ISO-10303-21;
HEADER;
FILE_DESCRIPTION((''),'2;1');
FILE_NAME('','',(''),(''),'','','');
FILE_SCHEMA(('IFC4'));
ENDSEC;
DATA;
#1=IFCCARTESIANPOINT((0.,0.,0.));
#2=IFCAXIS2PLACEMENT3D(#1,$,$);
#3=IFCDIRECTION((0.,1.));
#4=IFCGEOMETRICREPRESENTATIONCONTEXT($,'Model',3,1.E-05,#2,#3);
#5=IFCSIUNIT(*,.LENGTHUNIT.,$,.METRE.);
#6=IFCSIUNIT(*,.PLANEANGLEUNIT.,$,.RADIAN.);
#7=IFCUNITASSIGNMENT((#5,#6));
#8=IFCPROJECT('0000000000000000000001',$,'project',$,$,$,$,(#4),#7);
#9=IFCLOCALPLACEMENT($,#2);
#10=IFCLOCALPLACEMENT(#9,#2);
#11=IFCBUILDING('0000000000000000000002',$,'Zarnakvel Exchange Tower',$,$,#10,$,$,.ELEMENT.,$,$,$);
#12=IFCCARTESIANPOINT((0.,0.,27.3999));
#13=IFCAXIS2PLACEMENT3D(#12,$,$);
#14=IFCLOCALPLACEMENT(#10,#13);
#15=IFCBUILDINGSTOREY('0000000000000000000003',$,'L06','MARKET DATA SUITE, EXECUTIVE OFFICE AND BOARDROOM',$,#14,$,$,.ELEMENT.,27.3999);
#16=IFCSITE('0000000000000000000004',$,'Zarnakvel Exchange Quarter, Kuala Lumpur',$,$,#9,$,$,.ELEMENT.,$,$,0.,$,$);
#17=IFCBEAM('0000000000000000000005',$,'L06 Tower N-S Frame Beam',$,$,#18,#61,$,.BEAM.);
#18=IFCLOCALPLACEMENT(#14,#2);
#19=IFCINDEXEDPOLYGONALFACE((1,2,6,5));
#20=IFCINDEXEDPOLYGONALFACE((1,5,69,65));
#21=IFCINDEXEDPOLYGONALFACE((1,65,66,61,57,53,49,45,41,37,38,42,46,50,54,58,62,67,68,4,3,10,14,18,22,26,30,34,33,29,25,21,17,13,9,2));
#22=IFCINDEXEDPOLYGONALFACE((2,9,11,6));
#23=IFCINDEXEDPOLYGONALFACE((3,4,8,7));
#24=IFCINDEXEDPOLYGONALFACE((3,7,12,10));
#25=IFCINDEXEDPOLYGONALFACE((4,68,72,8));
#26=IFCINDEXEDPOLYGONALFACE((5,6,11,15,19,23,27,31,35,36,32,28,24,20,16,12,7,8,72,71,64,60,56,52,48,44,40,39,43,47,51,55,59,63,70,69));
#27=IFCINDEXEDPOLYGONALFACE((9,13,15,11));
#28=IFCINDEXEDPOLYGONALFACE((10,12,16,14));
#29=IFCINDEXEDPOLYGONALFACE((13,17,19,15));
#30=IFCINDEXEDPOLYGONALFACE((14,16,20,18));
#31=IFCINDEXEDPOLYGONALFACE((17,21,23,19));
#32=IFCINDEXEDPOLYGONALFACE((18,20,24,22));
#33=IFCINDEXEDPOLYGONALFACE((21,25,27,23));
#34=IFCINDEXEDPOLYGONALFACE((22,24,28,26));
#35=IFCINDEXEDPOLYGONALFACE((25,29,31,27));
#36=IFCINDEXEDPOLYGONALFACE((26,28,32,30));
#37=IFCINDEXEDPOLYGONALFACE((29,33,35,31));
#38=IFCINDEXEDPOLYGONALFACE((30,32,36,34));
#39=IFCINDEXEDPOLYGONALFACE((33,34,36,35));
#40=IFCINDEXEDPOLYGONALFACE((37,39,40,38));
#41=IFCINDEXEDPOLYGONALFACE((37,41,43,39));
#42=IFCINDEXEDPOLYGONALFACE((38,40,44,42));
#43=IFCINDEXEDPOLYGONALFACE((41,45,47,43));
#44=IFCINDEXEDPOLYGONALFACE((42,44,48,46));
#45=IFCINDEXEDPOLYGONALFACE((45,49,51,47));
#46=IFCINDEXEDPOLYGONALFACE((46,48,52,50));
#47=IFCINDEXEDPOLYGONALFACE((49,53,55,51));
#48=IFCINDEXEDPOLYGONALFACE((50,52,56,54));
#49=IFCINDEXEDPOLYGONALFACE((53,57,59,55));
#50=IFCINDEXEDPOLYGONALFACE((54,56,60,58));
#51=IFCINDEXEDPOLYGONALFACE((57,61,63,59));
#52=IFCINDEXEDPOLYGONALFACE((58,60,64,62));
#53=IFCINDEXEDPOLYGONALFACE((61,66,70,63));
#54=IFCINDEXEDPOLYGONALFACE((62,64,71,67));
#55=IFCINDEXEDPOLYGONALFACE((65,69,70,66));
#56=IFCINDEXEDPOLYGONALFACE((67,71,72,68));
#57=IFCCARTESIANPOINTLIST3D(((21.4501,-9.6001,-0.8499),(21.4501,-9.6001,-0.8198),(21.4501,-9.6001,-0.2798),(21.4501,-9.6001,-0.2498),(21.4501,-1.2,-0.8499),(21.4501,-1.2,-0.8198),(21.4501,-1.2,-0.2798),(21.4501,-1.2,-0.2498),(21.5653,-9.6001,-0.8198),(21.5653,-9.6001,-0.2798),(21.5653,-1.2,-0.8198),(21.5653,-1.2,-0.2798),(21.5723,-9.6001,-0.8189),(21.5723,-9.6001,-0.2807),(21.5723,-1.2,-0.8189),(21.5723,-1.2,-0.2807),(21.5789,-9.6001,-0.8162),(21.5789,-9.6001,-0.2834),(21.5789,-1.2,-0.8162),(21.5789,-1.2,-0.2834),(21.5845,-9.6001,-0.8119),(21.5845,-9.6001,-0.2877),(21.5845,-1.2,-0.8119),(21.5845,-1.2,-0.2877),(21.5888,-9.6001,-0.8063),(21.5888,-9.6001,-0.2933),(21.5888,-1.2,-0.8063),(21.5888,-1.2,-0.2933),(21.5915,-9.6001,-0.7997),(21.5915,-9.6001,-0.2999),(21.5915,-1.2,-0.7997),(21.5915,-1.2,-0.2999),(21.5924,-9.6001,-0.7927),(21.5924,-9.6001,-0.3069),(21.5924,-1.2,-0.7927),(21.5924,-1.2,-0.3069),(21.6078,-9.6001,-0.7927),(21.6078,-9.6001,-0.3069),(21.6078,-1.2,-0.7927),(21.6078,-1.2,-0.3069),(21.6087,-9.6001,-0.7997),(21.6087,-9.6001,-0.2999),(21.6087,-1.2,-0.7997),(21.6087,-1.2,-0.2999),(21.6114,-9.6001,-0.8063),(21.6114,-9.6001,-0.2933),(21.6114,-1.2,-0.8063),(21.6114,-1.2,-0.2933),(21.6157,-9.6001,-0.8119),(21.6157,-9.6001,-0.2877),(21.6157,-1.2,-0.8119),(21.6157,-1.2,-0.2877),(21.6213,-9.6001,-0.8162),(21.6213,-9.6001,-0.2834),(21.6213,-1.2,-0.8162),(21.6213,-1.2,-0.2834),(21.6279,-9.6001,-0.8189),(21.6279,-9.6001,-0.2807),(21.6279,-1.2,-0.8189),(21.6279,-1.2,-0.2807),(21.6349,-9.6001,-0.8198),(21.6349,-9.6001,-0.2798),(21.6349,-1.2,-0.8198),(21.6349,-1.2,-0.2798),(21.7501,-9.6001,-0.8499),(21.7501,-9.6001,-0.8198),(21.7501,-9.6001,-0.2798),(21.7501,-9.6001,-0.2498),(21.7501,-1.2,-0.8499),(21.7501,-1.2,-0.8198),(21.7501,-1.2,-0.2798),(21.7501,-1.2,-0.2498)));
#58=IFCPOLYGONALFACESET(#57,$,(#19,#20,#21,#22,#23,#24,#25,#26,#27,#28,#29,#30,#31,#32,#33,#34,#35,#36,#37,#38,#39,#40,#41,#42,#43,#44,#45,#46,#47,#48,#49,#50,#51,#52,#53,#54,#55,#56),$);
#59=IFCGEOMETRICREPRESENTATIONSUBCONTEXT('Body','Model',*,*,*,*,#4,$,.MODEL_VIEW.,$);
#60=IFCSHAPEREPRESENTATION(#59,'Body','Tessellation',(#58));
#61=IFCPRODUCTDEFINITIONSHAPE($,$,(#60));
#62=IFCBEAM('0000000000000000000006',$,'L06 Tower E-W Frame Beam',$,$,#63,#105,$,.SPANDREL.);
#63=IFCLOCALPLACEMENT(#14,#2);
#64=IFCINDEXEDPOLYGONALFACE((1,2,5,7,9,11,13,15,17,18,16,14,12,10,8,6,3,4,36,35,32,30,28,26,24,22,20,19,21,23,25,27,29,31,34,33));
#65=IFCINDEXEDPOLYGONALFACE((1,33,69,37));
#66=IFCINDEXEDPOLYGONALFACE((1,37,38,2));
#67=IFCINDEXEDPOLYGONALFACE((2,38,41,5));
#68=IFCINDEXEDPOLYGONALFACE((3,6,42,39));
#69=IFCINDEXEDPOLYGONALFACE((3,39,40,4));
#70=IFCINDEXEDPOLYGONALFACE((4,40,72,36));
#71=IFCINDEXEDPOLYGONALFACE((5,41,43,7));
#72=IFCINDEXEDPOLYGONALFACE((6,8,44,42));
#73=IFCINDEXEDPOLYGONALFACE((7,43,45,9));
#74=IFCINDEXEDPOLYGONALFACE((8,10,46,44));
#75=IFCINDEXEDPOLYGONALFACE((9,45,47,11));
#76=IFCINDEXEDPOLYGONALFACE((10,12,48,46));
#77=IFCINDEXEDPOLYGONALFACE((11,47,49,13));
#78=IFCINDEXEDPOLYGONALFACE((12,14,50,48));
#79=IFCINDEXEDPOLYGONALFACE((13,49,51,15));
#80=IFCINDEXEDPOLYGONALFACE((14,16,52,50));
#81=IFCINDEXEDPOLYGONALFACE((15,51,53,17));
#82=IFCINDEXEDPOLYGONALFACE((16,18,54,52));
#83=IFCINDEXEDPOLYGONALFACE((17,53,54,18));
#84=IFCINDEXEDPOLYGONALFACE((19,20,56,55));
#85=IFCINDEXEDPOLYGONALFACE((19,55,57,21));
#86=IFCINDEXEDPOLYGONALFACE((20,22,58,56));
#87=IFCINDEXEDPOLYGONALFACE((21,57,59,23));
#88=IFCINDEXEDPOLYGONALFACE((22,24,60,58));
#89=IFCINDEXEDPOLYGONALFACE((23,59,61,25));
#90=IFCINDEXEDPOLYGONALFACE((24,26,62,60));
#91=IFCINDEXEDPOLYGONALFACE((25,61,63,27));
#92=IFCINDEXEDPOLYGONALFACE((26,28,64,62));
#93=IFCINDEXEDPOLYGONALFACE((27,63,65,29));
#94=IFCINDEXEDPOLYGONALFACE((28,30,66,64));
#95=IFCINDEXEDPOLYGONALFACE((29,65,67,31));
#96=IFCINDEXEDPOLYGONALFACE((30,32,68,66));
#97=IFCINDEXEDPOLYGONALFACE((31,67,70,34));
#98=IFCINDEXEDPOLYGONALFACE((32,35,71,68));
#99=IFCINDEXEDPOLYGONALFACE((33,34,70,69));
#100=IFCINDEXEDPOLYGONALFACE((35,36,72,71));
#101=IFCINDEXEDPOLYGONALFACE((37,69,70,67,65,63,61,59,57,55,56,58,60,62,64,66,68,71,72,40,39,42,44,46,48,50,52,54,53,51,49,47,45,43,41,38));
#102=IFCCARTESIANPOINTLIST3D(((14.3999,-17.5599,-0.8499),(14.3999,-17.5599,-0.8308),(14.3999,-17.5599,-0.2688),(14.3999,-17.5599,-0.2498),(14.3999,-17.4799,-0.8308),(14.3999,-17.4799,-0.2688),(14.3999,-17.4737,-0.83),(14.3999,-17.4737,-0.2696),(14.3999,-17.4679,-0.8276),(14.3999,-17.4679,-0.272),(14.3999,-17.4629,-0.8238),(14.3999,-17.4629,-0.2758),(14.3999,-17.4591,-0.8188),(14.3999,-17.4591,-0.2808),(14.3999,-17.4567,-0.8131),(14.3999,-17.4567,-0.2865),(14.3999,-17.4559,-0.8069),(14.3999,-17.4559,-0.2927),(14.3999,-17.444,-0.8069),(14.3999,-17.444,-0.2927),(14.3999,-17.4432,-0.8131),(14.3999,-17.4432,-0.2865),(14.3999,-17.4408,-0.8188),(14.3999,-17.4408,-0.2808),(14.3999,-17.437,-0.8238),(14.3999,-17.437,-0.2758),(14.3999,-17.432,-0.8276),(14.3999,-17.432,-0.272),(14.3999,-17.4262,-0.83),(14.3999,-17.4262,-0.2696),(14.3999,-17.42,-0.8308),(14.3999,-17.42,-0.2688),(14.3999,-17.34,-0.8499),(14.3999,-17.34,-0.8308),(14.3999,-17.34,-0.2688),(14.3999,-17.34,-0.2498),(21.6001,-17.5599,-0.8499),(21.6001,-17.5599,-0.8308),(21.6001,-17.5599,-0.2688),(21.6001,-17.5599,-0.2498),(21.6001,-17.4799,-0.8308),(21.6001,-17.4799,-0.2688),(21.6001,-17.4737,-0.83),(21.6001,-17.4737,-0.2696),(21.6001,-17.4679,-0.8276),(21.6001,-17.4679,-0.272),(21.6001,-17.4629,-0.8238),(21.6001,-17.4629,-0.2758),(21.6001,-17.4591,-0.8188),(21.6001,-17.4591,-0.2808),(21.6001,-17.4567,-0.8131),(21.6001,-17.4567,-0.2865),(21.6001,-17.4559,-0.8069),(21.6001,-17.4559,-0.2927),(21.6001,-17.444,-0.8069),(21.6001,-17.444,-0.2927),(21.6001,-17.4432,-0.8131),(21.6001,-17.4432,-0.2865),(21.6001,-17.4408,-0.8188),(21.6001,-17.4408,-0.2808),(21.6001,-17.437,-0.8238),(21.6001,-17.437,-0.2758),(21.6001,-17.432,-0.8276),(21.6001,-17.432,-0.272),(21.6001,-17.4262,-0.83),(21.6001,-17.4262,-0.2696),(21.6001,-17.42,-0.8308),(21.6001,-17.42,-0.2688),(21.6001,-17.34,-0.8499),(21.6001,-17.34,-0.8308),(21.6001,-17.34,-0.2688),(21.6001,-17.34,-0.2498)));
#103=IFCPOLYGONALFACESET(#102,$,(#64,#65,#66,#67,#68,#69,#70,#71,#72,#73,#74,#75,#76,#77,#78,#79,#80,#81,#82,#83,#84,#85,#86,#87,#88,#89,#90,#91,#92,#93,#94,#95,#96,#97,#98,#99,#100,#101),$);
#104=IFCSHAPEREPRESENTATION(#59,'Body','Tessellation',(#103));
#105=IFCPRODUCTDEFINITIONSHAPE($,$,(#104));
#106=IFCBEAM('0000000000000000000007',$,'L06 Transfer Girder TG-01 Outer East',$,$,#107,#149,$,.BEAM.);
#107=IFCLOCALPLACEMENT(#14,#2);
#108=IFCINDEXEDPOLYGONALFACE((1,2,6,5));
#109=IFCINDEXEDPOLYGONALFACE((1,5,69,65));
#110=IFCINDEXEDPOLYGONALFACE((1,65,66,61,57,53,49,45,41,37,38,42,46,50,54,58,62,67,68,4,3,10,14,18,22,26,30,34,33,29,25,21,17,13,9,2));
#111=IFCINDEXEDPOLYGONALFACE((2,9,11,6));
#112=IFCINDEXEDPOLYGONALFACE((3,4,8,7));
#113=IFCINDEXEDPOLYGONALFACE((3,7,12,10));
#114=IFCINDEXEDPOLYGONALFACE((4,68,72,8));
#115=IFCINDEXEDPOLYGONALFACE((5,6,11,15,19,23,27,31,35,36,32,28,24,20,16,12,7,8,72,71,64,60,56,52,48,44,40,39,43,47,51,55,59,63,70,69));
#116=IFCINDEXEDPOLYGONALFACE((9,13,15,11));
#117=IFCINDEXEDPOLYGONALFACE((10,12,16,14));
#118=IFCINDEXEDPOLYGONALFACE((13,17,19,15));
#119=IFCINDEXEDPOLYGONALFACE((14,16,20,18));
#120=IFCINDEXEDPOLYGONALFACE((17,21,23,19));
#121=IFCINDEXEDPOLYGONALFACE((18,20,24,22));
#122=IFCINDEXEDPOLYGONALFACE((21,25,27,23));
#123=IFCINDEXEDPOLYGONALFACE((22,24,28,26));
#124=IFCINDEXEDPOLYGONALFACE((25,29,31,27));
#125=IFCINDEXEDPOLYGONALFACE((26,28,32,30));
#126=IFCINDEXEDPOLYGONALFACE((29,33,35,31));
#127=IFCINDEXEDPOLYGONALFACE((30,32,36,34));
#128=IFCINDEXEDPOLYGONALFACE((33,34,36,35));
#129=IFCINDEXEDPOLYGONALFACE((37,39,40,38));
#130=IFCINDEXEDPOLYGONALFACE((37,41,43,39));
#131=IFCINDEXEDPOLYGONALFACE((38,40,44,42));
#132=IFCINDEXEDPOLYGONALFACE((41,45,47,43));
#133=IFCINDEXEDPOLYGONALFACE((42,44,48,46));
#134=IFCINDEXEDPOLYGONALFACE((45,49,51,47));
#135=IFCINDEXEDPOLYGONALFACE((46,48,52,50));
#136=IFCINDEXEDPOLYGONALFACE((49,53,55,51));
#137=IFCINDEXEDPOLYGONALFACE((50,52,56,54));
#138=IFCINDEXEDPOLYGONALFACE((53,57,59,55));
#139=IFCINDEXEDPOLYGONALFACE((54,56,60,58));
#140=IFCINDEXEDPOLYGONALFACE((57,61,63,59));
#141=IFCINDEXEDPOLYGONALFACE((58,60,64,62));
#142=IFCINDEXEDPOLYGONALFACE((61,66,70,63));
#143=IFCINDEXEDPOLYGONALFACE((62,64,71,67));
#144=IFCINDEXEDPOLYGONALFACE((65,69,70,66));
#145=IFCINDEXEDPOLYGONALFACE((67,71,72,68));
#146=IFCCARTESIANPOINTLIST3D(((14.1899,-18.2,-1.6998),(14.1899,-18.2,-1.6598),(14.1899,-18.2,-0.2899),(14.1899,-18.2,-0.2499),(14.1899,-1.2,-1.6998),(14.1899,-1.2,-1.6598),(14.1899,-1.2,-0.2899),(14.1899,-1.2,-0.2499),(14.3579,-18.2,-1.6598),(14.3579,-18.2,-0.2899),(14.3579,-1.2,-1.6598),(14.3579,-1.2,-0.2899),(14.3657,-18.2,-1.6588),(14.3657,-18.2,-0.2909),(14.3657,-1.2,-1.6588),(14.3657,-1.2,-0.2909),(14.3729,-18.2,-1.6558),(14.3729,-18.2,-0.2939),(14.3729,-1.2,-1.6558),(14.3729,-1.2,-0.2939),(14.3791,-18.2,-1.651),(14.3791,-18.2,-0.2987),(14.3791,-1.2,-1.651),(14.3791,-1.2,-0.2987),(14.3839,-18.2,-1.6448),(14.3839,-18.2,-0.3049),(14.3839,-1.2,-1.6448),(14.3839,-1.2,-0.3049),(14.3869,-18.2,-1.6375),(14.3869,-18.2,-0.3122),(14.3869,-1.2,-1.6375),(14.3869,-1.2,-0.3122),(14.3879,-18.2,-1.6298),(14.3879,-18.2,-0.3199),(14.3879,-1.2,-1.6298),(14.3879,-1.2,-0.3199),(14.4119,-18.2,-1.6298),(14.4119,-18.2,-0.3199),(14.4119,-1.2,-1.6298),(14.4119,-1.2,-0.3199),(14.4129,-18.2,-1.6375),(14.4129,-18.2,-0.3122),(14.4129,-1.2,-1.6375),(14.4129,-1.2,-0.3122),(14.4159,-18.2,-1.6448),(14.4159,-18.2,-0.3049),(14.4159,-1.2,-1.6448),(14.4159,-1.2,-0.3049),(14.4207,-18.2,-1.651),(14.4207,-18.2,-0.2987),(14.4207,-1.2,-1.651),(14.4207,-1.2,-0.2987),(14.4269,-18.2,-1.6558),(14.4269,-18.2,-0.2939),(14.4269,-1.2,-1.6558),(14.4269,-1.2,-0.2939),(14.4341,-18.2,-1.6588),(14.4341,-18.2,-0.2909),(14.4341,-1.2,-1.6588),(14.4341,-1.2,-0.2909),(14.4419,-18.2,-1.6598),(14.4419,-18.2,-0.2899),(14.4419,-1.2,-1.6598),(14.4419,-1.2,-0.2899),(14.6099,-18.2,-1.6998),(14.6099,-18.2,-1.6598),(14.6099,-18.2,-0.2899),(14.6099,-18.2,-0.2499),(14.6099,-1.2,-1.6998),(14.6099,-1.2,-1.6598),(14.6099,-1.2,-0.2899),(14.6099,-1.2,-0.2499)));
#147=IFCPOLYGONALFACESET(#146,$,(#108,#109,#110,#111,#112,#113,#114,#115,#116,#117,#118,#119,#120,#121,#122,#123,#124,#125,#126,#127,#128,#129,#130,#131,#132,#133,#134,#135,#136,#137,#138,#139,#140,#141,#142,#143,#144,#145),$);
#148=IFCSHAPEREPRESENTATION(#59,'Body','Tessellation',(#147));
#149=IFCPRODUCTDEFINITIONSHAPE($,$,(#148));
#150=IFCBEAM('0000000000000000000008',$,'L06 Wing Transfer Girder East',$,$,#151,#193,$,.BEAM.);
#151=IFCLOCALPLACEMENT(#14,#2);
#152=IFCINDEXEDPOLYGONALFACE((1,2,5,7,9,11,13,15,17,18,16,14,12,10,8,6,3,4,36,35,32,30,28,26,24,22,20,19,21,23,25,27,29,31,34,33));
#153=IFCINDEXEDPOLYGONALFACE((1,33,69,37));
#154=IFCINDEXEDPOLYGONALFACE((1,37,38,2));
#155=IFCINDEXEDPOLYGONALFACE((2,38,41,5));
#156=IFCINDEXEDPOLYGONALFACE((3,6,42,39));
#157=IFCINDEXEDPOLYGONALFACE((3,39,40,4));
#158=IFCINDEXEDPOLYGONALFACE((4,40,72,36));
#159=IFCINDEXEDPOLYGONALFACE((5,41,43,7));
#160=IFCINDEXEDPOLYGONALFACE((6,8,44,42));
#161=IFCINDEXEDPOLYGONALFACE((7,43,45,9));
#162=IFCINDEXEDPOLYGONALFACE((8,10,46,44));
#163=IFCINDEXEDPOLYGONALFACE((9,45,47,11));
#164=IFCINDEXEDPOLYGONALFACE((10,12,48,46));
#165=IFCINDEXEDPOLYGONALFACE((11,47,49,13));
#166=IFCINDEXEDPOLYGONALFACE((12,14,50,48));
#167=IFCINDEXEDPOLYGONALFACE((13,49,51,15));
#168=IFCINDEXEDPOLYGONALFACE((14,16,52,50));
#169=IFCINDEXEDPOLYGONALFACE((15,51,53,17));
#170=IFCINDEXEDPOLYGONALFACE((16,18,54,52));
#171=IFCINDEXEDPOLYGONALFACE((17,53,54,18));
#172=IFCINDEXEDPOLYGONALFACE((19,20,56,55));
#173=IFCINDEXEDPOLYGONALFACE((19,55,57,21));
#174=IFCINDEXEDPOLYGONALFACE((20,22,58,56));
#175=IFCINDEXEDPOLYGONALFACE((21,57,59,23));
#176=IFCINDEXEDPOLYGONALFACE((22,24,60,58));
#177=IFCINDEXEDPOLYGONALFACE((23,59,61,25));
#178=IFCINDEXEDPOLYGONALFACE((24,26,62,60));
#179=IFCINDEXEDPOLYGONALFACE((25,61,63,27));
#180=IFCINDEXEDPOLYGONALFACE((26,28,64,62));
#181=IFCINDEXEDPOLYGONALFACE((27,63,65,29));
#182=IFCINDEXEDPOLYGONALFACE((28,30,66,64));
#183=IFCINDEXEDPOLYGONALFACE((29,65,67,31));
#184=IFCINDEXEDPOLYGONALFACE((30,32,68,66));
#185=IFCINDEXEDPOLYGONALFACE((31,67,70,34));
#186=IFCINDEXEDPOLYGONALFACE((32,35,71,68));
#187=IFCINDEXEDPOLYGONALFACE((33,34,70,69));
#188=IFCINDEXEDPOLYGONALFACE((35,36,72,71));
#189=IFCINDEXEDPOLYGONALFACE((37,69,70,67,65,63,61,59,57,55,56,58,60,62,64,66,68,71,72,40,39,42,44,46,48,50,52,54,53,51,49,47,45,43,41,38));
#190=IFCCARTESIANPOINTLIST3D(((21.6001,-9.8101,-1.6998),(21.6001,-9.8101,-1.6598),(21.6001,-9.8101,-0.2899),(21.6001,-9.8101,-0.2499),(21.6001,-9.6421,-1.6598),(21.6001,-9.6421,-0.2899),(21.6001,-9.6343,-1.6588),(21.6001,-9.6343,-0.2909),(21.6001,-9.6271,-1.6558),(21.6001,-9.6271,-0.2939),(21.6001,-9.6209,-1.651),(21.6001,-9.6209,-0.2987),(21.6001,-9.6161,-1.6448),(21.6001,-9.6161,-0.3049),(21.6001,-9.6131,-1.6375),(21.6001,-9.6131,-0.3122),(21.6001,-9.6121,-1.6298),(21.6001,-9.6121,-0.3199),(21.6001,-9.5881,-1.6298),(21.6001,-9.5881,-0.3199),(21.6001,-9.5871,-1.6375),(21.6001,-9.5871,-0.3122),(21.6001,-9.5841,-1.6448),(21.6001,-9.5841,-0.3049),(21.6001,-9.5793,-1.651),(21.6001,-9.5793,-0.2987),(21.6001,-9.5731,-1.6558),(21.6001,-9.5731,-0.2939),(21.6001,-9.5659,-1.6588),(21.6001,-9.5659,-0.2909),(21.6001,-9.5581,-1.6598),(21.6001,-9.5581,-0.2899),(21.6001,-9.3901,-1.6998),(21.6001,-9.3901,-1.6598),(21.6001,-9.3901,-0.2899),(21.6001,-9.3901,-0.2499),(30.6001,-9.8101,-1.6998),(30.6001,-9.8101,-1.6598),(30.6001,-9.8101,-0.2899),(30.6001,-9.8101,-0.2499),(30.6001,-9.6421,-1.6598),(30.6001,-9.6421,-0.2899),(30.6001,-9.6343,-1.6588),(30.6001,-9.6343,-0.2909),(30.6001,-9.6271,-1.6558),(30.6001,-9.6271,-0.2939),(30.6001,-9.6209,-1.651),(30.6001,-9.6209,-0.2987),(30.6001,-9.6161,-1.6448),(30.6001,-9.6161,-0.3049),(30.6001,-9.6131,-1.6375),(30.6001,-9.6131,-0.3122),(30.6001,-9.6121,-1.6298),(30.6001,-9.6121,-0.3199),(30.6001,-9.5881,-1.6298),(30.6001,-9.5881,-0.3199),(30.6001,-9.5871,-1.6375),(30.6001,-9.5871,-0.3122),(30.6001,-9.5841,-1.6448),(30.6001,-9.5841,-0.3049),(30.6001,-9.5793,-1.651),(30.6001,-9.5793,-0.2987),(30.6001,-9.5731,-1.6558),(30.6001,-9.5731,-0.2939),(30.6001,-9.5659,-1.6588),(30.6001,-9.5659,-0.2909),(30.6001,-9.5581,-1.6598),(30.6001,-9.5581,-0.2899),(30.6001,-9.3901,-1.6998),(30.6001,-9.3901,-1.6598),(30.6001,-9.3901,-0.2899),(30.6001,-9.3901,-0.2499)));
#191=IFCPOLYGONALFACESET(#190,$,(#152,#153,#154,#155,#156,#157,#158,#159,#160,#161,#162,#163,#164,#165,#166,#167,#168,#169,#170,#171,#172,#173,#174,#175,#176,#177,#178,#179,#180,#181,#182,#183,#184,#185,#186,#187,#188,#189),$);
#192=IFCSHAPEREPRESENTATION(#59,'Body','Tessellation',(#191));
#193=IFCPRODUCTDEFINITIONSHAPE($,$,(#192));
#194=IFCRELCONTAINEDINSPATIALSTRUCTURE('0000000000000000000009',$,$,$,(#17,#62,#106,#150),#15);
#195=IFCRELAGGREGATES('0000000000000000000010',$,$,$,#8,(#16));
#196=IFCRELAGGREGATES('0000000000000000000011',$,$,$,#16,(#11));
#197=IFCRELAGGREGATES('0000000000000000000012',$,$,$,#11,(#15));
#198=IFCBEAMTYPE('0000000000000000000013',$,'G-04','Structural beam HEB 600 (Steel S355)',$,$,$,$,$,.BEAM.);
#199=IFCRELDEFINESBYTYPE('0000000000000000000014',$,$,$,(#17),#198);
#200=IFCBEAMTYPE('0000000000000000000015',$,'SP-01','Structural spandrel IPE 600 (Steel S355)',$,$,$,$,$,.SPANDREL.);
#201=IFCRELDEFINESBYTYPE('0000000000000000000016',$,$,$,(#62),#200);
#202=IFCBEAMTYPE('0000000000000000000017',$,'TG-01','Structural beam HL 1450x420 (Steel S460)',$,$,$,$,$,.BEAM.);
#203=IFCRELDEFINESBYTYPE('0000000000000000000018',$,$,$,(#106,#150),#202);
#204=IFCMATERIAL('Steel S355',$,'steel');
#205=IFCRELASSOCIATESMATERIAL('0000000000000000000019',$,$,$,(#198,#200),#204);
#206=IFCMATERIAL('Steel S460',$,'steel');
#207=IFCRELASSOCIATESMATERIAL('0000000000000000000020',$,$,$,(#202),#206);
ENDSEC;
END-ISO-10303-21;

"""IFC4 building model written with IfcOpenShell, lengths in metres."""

from ifc_helpers import new_model, si_unit, direction, frame, origin, origin_2d, place, context, subcontext, project, spatial, i_section, extrude, material, material_profile, profile_set, type_object, element, save


model = new_model("IFC4")

# Units and contexts
model_context = context("Model", 3, precision=1e-05, world=origin(), true_north=direction((0.0, 1.0)))
body_context = subcontext(model_context, "Body", "Model", "MODEL_VIEW")
ifc_project = project(units=[si_unit("LENGTHUNIT", "METRE"), si_unit("PLANEANGLEUNIT", "RADIAN")], contexts=[model_context])

# Site, building, storey
site_placement = place(None, origin())
site = spatial("IfcSite", under=ifc_project, at=site_placement, Name="Zarnakvel Exchange Quarter, Kuala Lumpur", CompositionType="ELEMENT", RefElevation=0.0)
building_placement = place(site_placement, origin())
building = spatial("IfcBuilding", under=site, at=building_placement, Name="Zarnakvel Exchange Tower", CompositionType="ELEMENT")
storey_placement = place(building_placement, frame((0.0, 0.0, 27.3999)))
storey = spatial("IfcBuildingStorey", under=building, at=storey_placement, Name="L06", Description="MARKET DATA SUITE, EXECUTIVE OFFICE AND BOARDROOM", CompositionType="ELEMENT", Elevation=27.3999)

# Beams
ifc_material_1 = material(Name="Steel S355", Category="steel")
ifc_material_profile_1 = material_profile(ifc_material_1, i_section(OverallWidth=0.3, OverallDepth=0.6001, WebThickness=0.0154, FlangeThickness=0.03, FilletRadius=0.0271, at=origin_2d()))
ifc_profile_set_1 = profile_set([ifc_material_profile_1], Name="Steel S355")
beam_type_1 = type_object("IfcBeamType", Name="G-04", Description="Structural beam HEB 600 (Steel S355)", PredefinedType="BEAM", material=ifc_profile_set_1)
beam_1_placement = place(storey_placement, frame((21.6001, -9.6001, -0.5498), z_axis=(0.0, 1.0, 0.0), x_axis=(-1.0, 0.0, 0.0)))
element("IfcBeam", 1, at=beam_1_placement, inside=storey, type_object=beam_type_1, Name="L06 Tower N-S Frame Beam", PredefinedType="BEAM", context=body_context, shape_type="SweptSolid", body=[
    extrude(i_section(OverallWidth=0.3, OverallDepth=0.6001, WebThickness=0.0154, FlangeThickness=0.03, FilletRadius=0.0271, at=origin_2d()), origin(), (0.0, 0.0, 1.0), 8.4001),
])
ifc_material_profile_2 = material_profile(ifc_material_1, i_section(OverallWidth=0.22, OverallDepth=0.6001, WebThickness=0.012, FlangeThickness=0.019, FilletRadius=0.0239, at=origin_2d()))
ifc_profile_set_2 = profile_set([ifc_material_profile_2], Name="Steel S355")
beam_type_2 = type_object("IfcBeamType", Name="SP-01", Description="Structural spandrel IPE 600 (Steel S355)", PredefinedType="SPANDREL", material=ifc_profile_set_2)
beam_2_placement = place(storey_placement, frame((14.3999, -17.45, -0.5498), z_axis=(1.0, 0.0, 0.0), x_axis=(0.0, 1.0, 0.0)))
element("IfcBeam", 2, at=beam_2_placement, inside=storey, type_object=beam_type_2, Name="L06 Tower E-W Frame Beam", PredefinedType="SPANDREL", context=body_context, shape_type="SweptSolid", body=[
    extrude(i_section(OverallWidth=0.22, OverallDepth=0.6001, WebThickness=0.012, FlangeThickness=0.019, FilletRadius=0.0239, at=origin_2d()), origin(), (0.0, 0.0, 1.0), 7.2002),
])
ifc_material_2 = material(Name="Steel S460", Category="steel")
ifc_material_profile_3 = material_profile(ifc_material_2, i_section(OverallWidth=0.4199, OverallDepth=1.45, WebThickness=0.0239, FlangeThickness=0.04, FilletRadius=0.03, at=origin_2d()))
ifc_profile_set_3 = profile_set([ifc_material_profile_3], Name="Steel S460")
beam_type_3 = type_object("IfcBeamType", Name="TG-01", Description="Structural beam HL 1450x420 (Steel S460)", PredefinedType="BEAM", material=ifc_profile_set_3)
beam_3_placement = place(storey_placement, frame((14.3999, -18.2, -0.9749), z_axis=(0.0, 1.0, 0.0), x_axis=(-1.0, 0.0, 0.0)))
element("IfcBeam", 3, at=beam_3_placement, inside=storey, type_object=beam_type_3, Name="L06 Transfer Girder TG-01 Outer East", PredefinedType="BEAM", context=body_context, shape_type="SweptSolid", body=[
    extrude(i_section(OverallWidth=0.4199, OverallDepth=1.45, WebThickness=0.0239, FlangeThickness=0.04, FilletRadius=0.03, at=origin_2d()), origin(), (0.0, 0.0, 1.0), 17.0),
])
for number, where, z_axis, x_axis, name in (
    (4, (21.6001, -9.6001, -0.9749), (1.0, 0.0, 0.0), (0.0, 1.0, 0.0), "L06 Wing Transfer Girder East"),
):
    element("IfcBeam", number, at=place(storey_placement, frame(where, z_axis=z_axis, x_axis=x_axis)), inside=storey, type_object=beam_type_3, Name=name, PredefinedType="BEAM", context=body_context, shape_type="SweptSolid", body=[
        extrude(i_section(OverallWidth=0.4199, OverallDepth=1.45, WebThickness=0.0239, FlangeThickness=0.04, FilletRadius=0.03, at=origin_2d()), origin(), (0.0, 0.0, 1.0), 9.0),
    ])

save(model, "model.ifc")
